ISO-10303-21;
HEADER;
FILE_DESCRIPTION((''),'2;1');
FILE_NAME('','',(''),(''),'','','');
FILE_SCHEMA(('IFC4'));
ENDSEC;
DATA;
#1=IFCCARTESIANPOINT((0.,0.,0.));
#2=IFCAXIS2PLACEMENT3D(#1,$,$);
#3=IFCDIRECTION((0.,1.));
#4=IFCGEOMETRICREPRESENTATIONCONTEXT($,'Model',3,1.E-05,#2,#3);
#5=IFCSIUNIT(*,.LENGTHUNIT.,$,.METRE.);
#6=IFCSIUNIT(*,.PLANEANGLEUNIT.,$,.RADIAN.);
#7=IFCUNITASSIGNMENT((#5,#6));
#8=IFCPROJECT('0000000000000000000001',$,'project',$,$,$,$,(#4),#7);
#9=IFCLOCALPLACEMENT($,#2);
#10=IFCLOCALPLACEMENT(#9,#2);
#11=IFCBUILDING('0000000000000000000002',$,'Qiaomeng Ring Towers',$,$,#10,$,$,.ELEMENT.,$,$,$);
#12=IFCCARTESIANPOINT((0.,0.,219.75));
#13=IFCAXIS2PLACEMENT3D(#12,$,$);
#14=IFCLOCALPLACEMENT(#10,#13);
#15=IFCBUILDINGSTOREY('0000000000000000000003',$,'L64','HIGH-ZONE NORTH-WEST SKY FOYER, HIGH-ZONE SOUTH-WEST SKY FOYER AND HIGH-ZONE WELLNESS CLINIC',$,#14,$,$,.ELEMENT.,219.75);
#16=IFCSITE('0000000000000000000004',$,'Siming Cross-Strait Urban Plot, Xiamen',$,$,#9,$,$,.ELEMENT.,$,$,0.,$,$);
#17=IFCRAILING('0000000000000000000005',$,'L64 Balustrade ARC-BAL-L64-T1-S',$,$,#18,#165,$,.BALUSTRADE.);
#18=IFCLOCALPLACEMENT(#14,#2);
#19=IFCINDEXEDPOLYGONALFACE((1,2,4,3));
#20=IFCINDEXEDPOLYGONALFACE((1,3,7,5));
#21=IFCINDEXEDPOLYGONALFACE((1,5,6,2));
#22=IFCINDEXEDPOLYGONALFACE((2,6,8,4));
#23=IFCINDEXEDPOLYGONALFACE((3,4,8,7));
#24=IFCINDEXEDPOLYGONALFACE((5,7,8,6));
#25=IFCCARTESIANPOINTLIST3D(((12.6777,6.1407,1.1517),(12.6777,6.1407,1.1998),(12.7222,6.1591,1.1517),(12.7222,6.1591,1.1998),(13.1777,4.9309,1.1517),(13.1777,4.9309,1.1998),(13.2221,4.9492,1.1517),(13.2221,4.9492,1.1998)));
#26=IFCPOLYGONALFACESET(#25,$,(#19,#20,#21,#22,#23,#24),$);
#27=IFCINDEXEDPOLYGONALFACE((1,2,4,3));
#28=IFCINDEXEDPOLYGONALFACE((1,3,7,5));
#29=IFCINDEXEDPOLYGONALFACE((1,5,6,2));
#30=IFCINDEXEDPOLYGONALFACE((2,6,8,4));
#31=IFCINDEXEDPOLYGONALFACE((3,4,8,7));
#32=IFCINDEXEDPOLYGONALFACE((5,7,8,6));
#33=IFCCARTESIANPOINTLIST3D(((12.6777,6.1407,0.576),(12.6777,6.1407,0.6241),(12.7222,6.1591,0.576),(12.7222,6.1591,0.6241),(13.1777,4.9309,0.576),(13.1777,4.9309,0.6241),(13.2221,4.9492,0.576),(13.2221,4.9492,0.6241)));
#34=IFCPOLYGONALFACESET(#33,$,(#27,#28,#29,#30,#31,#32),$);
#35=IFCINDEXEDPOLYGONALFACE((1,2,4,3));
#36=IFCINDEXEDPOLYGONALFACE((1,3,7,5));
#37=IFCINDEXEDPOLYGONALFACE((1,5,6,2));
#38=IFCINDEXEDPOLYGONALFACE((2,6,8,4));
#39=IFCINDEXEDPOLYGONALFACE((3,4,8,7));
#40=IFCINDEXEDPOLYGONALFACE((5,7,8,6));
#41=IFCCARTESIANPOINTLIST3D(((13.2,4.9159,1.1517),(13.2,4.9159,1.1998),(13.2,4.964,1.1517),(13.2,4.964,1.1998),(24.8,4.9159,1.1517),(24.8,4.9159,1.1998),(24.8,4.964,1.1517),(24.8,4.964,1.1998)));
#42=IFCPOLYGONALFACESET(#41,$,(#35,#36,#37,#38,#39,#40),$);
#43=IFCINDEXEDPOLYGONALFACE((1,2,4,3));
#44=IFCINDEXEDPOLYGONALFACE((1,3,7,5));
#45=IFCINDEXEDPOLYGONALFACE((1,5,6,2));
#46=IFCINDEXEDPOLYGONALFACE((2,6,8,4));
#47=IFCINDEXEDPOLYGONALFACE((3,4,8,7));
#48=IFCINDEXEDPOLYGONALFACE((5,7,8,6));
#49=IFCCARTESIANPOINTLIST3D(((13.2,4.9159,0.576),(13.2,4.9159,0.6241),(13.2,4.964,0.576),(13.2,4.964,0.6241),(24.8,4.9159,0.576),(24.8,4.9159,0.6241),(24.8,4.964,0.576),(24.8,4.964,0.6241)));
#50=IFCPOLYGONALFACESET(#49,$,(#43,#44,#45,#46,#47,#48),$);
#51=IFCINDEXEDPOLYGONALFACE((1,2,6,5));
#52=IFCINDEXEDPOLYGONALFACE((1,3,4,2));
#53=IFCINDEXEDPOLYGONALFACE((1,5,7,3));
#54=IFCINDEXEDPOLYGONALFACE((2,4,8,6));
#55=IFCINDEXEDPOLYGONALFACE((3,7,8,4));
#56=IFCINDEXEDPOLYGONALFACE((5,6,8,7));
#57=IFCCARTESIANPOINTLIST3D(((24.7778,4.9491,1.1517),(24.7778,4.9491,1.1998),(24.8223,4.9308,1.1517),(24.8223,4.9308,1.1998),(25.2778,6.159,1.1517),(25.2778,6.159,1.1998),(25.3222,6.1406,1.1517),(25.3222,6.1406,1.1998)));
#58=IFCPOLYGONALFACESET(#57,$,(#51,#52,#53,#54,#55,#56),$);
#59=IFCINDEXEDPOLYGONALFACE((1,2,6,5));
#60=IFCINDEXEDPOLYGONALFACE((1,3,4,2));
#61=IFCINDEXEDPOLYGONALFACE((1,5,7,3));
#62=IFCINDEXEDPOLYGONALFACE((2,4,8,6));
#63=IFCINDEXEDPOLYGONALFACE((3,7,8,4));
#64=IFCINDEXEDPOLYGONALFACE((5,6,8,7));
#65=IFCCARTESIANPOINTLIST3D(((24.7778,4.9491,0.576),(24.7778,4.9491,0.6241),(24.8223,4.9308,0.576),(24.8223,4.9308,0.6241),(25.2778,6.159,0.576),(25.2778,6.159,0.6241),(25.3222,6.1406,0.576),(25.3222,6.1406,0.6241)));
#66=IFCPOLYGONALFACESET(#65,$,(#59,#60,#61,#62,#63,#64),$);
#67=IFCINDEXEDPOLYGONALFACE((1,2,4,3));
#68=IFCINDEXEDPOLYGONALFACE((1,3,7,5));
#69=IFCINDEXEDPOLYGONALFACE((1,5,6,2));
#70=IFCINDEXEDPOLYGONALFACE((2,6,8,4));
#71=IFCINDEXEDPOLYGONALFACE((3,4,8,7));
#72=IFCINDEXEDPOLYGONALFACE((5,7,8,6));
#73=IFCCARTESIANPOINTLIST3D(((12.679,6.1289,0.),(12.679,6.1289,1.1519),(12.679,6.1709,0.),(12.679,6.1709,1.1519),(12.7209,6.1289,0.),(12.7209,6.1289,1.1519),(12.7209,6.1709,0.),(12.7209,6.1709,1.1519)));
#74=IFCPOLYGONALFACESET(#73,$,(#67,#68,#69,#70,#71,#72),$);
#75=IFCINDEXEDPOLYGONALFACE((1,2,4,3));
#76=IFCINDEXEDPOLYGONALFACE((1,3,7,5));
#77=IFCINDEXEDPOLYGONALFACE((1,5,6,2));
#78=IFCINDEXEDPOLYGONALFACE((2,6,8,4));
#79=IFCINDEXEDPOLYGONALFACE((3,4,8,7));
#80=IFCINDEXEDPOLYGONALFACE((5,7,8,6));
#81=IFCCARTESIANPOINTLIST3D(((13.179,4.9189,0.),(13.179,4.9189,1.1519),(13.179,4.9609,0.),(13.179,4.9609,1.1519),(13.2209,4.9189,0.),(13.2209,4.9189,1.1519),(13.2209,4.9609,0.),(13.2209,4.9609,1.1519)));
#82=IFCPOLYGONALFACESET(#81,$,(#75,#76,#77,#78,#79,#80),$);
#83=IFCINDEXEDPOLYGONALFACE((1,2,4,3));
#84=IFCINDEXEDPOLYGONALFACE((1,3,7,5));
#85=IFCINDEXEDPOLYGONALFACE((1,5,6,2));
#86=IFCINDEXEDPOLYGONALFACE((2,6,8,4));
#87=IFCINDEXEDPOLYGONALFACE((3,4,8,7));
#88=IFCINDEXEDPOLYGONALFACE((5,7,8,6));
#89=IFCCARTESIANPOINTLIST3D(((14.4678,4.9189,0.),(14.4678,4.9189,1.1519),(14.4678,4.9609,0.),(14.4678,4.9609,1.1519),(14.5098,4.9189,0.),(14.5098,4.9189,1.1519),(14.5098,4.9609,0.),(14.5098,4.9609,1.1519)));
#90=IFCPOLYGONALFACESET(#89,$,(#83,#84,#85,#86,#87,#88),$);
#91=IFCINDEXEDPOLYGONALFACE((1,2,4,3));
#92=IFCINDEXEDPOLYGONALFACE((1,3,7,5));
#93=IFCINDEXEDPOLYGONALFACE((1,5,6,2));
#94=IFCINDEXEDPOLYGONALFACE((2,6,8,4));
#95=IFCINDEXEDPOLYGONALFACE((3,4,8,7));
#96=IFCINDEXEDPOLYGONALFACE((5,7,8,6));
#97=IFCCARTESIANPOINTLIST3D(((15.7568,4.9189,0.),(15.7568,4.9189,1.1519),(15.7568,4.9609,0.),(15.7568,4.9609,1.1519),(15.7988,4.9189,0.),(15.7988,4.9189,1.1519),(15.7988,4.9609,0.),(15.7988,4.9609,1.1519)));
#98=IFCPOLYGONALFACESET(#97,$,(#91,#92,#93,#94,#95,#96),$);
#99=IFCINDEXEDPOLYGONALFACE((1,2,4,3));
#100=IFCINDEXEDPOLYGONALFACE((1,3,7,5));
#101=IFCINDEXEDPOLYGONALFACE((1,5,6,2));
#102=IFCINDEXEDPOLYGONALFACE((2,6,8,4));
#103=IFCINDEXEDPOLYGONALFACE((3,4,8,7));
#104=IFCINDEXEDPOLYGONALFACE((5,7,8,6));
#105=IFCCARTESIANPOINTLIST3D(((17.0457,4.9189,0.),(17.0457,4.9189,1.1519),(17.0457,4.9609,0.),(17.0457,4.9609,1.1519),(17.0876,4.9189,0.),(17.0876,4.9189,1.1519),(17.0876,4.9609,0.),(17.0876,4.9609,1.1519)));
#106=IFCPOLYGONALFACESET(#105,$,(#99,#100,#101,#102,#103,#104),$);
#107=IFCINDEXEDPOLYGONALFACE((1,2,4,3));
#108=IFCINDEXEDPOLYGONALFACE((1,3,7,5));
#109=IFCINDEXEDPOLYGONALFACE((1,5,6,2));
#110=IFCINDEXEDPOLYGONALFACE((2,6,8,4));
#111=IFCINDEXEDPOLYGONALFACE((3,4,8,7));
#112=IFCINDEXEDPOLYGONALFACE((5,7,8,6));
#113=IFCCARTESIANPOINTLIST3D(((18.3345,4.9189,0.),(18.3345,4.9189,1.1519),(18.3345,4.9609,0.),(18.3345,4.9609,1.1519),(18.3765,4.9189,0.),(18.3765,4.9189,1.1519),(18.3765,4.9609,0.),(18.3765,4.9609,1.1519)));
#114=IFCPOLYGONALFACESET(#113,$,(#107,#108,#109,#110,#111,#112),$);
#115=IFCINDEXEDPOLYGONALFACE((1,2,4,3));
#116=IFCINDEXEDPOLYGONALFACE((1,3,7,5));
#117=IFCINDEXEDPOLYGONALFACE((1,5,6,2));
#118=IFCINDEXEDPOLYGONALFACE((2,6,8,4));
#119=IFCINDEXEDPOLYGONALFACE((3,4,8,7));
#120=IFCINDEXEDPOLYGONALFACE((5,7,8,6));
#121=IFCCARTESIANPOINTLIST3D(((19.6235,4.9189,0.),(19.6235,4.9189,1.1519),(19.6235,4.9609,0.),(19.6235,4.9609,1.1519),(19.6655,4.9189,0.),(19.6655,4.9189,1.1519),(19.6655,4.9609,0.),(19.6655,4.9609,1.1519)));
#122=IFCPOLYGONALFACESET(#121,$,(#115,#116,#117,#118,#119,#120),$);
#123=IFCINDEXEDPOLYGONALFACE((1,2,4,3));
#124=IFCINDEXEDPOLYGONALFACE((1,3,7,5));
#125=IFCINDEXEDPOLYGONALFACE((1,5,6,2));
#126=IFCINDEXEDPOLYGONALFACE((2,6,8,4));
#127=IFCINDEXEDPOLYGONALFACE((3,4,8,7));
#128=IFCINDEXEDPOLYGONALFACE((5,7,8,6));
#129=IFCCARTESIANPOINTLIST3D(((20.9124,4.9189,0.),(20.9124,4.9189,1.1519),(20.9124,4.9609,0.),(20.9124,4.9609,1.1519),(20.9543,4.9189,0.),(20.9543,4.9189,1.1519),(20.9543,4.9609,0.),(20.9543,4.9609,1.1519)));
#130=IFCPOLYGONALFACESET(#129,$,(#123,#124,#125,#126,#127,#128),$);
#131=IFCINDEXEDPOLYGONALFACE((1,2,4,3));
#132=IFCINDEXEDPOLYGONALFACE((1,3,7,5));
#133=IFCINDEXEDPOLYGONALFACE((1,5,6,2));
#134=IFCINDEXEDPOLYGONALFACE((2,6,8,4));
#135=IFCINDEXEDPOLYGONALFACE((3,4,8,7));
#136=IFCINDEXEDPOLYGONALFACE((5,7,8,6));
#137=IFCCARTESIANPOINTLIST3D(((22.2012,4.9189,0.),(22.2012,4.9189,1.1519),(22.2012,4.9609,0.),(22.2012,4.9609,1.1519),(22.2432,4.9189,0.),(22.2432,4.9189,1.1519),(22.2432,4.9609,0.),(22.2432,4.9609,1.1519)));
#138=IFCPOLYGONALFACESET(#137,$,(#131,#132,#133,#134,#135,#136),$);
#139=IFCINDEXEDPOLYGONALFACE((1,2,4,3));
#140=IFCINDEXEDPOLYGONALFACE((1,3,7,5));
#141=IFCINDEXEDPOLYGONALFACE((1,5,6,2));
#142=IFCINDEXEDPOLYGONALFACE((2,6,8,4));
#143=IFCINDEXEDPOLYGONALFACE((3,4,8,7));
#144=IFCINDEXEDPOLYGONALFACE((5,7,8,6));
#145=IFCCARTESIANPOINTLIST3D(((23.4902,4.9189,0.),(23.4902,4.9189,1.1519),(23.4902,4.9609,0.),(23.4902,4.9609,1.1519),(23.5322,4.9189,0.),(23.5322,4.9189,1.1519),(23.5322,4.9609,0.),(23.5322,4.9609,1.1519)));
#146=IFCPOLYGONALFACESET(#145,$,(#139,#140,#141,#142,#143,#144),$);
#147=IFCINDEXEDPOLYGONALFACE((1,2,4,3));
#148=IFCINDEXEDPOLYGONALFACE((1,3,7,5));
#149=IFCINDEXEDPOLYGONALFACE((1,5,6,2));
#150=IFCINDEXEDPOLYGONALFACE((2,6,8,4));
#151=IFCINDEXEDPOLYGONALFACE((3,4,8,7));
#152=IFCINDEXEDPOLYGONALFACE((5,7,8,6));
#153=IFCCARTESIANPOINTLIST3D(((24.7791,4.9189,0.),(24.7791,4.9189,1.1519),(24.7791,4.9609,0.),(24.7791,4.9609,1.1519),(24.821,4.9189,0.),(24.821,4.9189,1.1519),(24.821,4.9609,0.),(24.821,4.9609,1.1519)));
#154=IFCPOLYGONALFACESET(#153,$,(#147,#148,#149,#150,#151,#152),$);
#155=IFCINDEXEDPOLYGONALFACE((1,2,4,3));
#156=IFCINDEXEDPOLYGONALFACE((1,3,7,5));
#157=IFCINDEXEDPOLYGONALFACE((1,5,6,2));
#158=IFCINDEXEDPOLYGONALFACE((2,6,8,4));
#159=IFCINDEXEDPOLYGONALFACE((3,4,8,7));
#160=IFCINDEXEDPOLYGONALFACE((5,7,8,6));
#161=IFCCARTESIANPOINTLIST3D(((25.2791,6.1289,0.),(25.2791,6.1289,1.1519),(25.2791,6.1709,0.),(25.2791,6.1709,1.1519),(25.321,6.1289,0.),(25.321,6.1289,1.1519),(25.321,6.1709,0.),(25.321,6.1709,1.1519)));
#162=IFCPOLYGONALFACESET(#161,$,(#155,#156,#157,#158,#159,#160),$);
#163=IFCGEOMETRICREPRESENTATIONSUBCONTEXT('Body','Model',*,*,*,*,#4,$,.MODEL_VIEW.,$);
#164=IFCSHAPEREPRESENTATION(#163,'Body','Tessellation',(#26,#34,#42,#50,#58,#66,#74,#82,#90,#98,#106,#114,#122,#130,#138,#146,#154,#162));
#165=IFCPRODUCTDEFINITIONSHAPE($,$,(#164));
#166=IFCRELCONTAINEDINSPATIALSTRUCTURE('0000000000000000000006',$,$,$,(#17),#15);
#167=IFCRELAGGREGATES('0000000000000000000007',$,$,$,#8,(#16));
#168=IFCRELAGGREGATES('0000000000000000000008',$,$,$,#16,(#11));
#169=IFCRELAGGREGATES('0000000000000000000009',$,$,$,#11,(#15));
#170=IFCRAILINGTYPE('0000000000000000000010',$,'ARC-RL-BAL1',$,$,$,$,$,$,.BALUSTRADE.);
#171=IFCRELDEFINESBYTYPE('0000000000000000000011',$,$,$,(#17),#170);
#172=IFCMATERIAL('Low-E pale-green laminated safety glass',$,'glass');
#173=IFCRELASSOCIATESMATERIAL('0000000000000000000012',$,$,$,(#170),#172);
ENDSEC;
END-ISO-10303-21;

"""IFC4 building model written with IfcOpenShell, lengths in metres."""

from ifc_helpers import new_model, si_unit, direction, frame, origin, origin_2d, place, context, subcontext, project, spatial, rectangle, extrude, material, type_object, element, save


model = new_model("IFC4")

# Units and contexts
model_context = context("Model", 3, precision=1e-05, world=origin(), true_north=direction((0.0, 1.0)))
body_context = subcontext(model_context, "Body", "Model", "MODEL_VIEW")
ifc_project = project(units=[si_unit("LENGTHUNIT", "METRE"), si_unit("PLANEANGLEUNIT", "RADIAN")], contexts=[model_context])

# Site, building, storey
site_placement = place(None, origin())
site = spatial("IfcSite", under=ifc_project, at=site_placement, Name="Siming Cross-Strait Urban Plot, Xiamen", CompositionType="ELEMENT", RefElevation=0.0)
building_placement = place(site_placement, origin())
building = spatial("IfcBuilding", under=site, at=building_placement, Name="Qiaomeng Ring Towers", CompositionType="ELEMENT")
storey_placement = place(building_placement, frame((0.0, 0.0, 219.75)))
storey = spatial("IfcBuildingStorey", under=building, at=storey_placement, Name="L64", Description="HIGH-ZONE NORTH-WEST SKY FOYER, HIGH-ZONE SOUTH-WEST SKY FOYER AND HIGH-ZONE WELLNESS CLINIC", CompositionType="ELEMENT", Elevation=219.75)

# Railing
ifc_material_1 = material(Name="Low-E pale-green laminated safety glass", Category="glass")
railing_type = type_object("IfcRailingType", Name="ARC-RL-BAL1", PredefinedType="BALUSTRADE", material=ifc_material_1)
railing_placement = place(storey_placement, frame((12.7, 6.1499, 0.0)))
element("IfcRailing", 1, at=railing_placement, inside=storey, type_object=railing_type, Name="L64 Balustrade ARC-BAL-L64-T1-S", PredefinedType="BALUSTRADE", context=body_context, shape_type="SweptSolid", body=[
    extrude(rectangle(XDim=0.0481, YDim=0.0481, at=origin_2d()), frame((0.0, 0.0, 1.1758), z_axis=(0.381913, -0.924198, 0.0), x_axis=(0.924198, 0.381913, 0.0)), (0.0, 0.0, 1.0), 1.3091),
    extrude(rectangle(XDim=0.0481, YDim=0.0481, at=origin_2d()), frame((0.0, 0.0, 0.6001), z_axis=(0.381913, -0.924198, 0.0), x_axis=(0.924198, 0.381913, 0.0)), (0.0, 0.0, 1.0), 1.3091),
    extrude(rectangle(XDim=0.0481, YDim=0.0481, at=origin_2d()), frame((0.5, -1.21, 1.1758), z_axis=(1.0, 0.0, 0.0), x_axis=(0.0, 1.0, 0.0)), (0.0, 0.0, 1.0), 11.6001),
    extrude(rectangle(XDim=0.0481, YDim=0.0481, at=origin_2d()), frame((0.5, -1.21, 0.6001), z_axis=(1.0, 0.0, 0.0), x_axis=(0.0, 1.0, 0.0)), (0.0, 0.0, 1.0), 11.6001),
    extrude(rectangle(XDim=0.0481, YDim=0.0481, at=origin_2d()), frame((12.1001, -1.21, 1.1758), z_axis=(0.381913, 0.924198, 0.0), x_axis=(-0.924198, 0.381913, 0.0)), (0.0, 0.0, 1.0), 1.3091),
    extrude(rectangle(XDim=0.0481, YDim=0.0481, at=origin_2d()), frame((12.1001, -1.21, 0.6001), z_axis=(0.381913, 0.924198, 0.0), x_axis=(-0.924198, 0.381913, 0.0)), (0.0, 0.0, 1.0), 1.3091),
    extrude(rectangle(XDim=0.042, YDim=0.042, at=origin_2d()), origin(), (0.0, 0.0, 1.0), 1.1519),
    extrude(rectangle(XDim=0.042, YDim=0.042, at=origin_2d()), frame((0.5, -1.21, 0.0)), (0.0, 0.0, 1.0), 1.1519),
    extrude(rectangle(XDim=0.042, YDim=0.042, at=origin_2d()), frame((1.7888, -1.21, 0.0)), (0.0, 0.0, 1.0), 1.1519),
    extrude(rectangle(XDim=0.042, YDim=0.042, at=origin_2d()), frame((3.0779, -1.21, 0.0)), (0.0, 0.0, 1.0), 1.1519),
    extrude(rectangle(XDim=0.042, YDim=0.042, at=origin_2d()), frame((4.3667, -1.21, 0.0)), (0.0, 0.0, 1.0), 1.1519),
    extrude(rectangle(XDim=0.042, YDim=0.042, at=origin_2d()), frame((5.6555, -1.21, 0.0)), (0.0, 0.0, 1.0), 1.1519),
    extrude(rectangle(XDim=0.042, YDim=0.042, at=origin_2d()), frame((6.9446, -1.21, 0.0)), (0.0, 0.0, 1.0), 1.1519),
    extrude(rectangle(XDim=0.042, YDim=0.042, at=origin_2d()), frame((8.2334, -1.21, 0.0)), (0.0, 0.0, 1.0), 1.1519),
    extrude(rectangle(XDim=0.042, YDim=0.042, at=origin_2d()), frame((9.5222, -1.21, 0.0)), (0.0, 0.0, 1.0), 1.1519),
    extrude(rectangle(XDim=0.042, YDim=0.042, at=origin_2d()), frame((10.8113, -1.21, 0.0)), (0.0, 0.0, 1.0), 1.1519),
    extrude(rectangle(XDim=0.042, YDim=0.042, at=origin_2d()), frame((12.1001, -1.21, 0.0)), (0.0, 0.0, 1.0), 1.1519),
    extrude(rectangle(XDim=0.042, YDim=0.042, at=origin_2d()), frame((12.6001, 0.0, 0.0)), (0.0, 0.0, 1.0), 1.1519),
])

save(model, "model.ifc")
